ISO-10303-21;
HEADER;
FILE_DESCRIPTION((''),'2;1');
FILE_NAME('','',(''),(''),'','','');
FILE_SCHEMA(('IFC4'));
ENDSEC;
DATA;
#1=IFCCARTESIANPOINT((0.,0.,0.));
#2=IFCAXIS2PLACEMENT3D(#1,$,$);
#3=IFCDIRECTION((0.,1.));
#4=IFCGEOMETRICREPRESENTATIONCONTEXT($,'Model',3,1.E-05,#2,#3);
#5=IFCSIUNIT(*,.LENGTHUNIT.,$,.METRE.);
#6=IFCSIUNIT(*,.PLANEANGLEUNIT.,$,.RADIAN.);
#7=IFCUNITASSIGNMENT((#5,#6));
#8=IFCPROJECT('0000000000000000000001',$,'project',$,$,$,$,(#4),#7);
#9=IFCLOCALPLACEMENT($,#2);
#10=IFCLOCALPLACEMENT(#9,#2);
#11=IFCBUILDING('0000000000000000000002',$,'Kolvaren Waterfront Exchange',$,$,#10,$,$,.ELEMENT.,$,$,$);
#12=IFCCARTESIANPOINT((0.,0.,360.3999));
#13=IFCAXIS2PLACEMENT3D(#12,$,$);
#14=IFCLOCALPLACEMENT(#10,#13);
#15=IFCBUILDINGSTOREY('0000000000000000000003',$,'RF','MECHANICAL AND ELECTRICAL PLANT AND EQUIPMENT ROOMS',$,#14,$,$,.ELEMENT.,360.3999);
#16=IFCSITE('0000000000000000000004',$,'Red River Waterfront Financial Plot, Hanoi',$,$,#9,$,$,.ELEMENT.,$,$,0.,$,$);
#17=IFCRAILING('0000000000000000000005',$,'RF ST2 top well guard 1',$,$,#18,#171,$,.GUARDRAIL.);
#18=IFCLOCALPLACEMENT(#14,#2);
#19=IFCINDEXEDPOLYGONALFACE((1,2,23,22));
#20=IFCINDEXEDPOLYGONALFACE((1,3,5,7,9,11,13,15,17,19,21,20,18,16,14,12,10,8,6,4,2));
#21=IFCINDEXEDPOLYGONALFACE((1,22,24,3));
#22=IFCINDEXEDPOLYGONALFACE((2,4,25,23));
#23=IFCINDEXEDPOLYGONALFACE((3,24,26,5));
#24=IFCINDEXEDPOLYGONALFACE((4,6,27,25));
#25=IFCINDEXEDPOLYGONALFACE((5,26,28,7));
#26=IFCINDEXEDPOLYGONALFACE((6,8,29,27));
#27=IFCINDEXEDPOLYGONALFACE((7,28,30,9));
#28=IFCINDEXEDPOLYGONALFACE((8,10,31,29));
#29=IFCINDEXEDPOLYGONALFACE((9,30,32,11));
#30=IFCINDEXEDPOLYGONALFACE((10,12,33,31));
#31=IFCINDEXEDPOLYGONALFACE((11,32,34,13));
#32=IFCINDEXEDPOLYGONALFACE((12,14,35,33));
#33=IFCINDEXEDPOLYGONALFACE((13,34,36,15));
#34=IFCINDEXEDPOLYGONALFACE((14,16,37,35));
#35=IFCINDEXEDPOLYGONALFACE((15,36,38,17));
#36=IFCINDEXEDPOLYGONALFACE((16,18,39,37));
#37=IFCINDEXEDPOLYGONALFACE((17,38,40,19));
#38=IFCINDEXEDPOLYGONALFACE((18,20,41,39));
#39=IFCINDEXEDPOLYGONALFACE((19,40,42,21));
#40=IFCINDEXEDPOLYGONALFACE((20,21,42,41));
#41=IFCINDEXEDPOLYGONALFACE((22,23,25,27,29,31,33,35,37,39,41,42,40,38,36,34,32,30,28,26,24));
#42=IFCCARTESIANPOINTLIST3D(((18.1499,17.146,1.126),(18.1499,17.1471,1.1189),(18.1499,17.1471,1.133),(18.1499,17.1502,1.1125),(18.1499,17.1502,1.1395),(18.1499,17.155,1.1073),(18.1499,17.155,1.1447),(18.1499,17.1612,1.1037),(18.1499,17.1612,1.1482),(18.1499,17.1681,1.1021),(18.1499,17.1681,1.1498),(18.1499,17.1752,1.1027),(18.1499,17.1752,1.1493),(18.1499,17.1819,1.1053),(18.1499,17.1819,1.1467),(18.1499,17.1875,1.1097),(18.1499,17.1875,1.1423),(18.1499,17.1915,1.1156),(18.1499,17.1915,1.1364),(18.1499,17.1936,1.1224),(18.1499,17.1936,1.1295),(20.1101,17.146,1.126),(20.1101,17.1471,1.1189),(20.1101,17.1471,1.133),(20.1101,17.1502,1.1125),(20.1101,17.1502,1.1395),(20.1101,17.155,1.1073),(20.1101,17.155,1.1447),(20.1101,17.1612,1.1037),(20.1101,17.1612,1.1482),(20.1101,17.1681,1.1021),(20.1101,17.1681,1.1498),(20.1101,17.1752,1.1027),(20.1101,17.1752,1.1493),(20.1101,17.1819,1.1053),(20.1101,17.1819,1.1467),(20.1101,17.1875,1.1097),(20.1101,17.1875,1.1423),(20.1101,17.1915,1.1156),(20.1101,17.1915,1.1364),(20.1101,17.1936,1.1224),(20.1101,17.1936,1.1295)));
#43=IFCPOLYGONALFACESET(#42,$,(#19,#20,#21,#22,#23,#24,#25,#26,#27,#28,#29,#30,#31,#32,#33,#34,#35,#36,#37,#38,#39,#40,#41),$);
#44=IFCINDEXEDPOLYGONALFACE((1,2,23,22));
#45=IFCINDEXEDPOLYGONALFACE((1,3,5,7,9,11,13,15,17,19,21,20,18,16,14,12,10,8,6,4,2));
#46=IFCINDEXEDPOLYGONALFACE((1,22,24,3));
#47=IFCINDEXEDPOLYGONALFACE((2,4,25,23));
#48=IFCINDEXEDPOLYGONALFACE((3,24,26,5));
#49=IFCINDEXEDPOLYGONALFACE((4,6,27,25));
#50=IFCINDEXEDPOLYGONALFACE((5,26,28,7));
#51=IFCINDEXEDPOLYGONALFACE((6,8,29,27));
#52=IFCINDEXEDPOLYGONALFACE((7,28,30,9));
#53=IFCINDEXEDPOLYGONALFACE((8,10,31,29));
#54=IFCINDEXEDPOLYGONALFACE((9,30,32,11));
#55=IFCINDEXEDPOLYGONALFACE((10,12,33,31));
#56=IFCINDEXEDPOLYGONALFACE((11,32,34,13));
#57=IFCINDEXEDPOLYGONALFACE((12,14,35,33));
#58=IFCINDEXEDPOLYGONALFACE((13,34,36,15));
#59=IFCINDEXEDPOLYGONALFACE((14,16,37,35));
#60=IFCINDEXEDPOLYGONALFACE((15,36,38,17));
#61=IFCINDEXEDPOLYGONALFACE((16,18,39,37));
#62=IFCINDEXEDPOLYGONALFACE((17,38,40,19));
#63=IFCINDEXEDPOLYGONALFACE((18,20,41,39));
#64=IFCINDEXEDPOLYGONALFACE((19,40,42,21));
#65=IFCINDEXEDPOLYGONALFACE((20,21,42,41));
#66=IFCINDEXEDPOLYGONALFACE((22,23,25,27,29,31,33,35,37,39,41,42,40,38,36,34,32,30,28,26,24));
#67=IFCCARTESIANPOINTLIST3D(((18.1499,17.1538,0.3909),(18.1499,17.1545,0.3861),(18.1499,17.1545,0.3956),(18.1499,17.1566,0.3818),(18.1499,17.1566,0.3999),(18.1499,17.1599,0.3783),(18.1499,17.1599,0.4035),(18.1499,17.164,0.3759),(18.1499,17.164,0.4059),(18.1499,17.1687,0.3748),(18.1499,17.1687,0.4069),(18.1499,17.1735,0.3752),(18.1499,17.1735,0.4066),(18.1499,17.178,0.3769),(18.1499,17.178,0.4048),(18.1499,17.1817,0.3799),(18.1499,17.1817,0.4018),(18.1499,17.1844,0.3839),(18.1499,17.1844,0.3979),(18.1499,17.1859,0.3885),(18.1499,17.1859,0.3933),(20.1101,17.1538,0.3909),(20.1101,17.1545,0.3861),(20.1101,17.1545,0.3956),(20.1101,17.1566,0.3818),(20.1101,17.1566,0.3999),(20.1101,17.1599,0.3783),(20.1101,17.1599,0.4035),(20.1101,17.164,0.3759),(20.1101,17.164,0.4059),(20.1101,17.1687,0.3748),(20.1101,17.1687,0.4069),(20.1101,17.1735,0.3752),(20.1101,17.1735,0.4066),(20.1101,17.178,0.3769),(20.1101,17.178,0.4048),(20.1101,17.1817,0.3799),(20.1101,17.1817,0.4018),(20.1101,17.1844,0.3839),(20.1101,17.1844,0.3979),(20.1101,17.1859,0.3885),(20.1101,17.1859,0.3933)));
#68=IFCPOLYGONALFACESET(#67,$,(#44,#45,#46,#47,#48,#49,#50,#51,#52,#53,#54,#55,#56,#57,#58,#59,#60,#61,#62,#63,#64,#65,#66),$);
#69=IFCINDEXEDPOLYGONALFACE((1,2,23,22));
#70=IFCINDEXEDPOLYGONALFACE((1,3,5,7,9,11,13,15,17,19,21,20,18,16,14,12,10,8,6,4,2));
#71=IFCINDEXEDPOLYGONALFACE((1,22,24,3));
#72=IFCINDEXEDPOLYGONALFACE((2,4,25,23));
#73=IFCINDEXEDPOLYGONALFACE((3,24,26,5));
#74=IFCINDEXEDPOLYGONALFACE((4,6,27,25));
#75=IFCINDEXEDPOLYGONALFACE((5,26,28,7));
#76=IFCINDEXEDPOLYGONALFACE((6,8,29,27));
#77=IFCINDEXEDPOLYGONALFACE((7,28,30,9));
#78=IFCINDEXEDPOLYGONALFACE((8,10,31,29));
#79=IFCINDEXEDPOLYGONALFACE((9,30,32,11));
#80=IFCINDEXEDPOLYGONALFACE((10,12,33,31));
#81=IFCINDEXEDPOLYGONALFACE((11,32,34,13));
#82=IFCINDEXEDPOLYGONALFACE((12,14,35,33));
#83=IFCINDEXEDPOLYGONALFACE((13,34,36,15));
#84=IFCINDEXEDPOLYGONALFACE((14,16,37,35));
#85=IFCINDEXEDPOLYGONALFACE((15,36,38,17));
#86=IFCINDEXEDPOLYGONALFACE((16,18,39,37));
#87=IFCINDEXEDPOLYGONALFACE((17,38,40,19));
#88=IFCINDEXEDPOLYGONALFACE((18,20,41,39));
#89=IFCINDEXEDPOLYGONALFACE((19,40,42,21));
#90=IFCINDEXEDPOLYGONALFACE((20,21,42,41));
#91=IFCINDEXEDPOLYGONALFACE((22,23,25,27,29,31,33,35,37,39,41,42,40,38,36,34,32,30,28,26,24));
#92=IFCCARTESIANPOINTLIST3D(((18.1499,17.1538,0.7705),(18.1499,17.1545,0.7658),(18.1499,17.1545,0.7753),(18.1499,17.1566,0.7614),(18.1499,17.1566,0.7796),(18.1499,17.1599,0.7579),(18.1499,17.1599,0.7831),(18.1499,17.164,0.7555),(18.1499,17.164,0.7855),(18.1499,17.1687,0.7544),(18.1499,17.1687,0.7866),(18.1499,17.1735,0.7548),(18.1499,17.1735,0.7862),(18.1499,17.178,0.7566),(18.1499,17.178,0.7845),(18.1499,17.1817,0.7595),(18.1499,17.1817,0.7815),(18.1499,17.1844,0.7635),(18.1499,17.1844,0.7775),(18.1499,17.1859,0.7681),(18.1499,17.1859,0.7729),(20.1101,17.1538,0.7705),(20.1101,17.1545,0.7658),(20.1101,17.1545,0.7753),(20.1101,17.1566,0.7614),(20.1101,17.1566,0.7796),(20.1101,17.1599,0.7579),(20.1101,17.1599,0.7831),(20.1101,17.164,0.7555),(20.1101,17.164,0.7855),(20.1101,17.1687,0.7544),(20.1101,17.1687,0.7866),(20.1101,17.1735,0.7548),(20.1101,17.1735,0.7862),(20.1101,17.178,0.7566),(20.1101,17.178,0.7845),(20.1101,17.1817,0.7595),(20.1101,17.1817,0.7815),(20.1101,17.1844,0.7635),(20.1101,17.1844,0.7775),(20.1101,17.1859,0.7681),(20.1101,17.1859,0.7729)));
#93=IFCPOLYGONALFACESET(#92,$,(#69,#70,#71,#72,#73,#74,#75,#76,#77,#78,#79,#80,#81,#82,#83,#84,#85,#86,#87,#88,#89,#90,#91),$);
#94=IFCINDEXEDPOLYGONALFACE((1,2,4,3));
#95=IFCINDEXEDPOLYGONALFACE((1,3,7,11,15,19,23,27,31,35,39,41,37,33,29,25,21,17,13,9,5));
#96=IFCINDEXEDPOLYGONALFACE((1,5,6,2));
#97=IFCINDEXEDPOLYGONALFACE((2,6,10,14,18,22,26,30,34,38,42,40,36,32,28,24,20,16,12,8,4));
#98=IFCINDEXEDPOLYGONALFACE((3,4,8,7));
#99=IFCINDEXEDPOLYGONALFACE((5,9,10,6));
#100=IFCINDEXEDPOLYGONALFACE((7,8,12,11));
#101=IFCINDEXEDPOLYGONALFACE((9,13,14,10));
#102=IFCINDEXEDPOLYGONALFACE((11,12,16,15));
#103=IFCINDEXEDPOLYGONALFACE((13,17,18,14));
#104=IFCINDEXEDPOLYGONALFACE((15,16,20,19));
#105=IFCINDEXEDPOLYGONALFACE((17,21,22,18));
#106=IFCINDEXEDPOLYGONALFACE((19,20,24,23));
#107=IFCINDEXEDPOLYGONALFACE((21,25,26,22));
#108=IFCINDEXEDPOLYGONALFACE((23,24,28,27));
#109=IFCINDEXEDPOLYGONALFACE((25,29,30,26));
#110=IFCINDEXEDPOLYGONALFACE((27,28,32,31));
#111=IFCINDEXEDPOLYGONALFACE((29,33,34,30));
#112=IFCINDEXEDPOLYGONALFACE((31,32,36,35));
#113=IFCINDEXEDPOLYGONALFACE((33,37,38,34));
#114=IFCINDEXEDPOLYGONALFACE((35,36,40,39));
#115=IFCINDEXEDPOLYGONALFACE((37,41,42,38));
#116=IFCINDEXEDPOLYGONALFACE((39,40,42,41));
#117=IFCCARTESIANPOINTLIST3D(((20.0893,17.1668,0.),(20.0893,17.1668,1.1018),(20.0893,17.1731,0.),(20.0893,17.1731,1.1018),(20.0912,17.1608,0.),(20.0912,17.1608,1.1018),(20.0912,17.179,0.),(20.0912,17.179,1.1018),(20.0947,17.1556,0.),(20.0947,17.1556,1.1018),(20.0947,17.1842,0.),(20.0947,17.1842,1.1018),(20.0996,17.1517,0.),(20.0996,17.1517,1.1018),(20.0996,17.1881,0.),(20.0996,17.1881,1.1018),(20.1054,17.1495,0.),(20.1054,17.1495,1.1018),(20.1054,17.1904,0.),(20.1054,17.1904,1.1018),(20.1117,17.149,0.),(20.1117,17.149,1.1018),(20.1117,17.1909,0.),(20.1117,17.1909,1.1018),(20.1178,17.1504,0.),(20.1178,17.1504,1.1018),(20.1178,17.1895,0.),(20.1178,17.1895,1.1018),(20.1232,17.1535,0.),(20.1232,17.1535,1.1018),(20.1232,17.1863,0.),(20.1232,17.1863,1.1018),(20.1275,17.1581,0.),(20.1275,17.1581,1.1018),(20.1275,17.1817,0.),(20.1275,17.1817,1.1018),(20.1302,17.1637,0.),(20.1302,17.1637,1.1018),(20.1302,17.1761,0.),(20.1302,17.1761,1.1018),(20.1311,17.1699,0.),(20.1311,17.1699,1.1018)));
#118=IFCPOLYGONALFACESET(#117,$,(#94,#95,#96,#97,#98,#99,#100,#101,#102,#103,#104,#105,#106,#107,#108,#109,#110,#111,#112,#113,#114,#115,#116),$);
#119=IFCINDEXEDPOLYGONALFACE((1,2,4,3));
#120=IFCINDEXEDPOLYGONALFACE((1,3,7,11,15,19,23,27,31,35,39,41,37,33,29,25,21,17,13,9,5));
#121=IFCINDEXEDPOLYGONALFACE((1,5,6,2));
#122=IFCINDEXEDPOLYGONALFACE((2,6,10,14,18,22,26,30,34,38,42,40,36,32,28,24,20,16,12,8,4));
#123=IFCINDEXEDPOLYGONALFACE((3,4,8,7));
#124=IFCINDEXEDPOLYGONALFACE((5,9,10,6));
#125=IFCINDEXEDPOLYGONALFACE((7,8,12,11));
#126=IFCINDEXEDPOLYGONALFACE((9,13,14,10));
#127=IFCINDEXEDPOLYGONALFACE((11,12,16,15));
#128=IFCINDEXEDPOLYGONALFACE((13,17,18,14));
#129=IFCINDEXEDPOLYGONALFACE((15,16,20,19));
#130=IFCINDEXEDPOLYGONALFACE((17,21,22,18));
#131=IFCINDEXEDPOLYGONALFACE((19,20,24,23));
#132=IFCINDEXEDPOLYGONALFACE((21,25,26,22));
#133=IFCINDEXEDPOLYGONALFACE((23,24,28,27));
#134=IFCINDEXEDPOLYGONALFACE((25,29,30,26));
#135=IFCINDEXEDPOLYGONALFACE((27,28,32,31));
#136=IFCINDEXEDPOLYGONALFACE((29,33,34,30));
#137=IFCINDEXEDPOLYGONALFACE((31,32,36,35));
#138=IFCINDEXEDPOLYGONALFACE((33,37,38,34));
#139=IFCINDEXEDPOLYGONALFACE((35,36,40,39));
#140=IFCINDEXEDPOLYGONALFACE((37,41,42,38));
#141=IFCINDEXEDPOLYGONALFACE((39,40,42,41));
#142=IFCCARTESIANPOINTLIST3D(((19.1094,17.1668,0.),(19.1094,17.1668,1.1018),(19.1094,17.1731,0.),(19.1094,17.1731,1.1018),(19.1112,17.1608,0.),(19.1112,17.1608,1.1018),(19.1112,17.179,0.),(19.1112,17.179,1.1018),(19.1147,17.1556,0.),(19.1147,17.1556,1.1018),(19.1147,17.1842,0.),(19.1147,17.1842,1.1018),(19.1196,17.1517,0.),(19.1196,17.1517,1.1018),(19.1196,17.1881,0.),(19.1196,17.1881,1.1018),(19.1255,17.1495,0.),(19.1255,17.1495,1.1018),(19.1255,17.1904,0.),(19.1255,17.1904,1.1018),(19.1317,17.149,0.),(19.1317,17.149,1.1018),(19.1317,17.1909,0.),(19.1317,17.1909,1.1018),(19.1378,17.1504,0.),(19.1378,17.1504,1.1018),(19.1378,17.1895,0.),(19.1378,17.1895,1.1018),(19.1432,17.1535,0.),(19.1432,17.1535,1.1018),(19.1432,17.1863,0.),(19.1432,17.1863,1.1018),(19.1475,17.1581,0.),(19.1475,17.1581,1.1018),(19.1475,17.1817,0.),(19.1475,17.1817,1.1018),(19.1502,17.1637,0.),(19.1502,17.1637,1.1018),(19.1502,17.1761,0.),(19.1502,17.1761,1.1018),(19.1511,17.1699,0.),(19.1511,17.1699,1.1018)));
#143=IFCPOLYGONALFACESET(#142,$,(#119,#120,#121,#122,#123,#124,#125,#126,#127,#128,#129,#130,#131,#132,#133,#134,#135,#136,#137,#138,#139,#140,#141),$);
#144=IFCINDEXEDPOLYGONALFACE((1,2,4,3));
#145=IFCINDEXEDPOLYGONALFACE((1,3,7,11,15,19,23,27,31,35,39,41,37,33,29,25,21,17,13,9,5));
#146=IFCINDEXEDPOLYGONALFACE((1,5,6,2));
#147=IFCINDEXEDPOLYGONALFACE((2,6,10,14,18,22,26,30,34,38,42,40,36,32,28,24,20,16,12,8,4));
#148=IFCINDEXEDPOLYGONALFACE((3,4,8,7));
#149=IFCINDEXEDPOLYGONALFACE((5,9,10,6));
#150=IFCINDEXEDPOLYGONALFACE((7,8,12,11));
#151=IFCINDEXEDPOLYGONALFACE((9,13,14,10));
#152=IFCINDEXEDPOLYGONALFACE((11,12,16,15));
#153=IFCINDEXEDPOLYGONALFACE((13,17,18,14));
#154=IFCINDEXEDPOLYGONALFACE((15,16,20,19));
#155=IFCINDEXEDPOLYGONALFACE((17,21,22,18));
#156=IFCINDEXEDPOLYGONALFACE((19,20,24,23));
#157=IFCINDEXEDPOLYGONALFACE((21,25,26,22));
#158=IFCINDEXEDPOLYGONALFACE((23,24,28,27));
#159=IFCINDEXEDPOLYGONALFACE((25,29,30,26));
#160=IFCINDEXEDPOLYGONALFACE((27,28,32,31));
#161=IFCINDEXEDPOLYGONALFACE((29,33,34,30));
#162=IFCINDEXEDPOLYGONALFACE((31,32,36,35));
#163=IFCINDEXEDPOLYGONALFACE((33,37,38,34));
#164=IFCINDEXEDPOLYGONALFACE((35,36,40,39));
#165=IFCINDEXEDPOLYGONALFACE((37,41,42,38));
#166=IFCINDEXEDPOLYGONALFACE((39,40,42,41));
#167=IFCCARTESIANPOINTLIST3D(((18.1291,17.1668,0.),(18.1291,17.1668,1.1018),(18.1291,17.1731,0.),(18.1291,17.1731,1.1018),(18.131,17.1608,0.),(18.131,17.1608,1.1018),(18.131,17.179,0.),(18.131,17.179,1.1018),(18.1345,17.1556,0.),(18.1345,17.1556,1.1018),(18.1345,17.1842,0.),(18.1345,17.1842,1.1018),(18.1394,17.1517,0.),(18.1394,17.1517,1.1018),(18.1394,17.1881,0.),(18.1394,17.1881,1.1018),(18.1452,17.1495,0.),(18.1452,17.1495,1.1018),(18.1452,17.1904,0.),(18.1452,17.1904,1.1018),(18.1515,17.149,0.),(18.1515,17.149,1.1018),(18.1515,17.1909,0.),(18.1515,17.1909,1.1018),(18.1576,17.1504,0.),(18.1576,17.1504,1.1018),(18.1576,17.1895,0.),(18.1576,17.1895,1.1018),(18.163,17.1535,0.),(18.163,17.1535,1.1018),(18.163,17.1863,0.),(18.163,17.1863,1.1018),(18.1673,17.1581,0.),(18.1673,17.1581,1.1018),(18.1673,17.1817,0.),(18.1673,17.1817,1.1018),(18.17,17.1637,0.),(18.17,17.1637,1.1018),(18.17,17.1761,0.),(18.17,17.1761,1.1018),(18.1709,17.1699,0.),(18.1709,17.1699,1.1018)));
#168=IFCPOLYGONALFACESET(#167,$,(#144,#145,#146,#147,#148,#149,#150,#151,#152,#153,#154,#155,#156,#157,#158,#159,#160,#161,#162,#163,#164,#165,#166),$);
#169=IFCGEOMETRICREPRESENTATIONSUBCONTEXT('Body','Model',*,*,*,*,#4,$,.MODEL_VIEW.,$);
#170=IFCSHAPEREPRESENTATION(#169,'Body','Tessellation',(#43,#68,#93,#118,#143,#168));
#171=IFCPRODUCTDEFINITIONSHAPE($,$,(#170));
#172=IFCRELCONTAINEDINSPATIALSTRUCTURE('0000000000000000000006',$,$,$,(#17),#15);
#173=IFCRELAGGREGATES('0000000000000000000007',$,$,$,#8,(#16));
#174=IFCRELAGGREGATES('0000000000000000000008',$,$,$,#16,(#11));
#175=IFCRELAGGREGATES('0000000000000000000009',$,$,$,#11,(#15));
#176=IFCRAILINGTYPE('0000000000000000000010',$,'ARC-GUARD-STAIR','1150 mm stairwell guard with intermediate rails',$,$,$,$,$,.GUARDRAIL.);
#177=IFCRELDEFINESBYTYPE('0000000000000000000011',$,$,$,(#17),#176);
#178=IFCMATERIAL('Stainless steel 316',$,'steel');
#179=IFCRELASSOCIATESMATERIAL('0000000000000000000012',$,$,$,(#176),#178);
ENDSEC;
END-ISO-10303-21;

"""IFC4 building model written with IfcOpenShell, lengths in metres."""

from ifc_helpers import new_model, si_unit, direction, frame, origin, origin_2d, place, context, subcontext, project, spatial, circle, extrude, material, type_object, element, save


model = new_model("IFC4")

# Units and contexts
model_context = context("Model", 3, precision=1e-05, world=origin(), true_north=direction((0.0, 1.0)))
body_context = subcontext(model_context, "Body", "Model", "MODEL_VIEW")
ifc_project = project(units=[si_unit("LENGTHUNIT", "METRE"), si_unit("PLANEANGLEUNIT", "RADIAN")], contexts=[model_context])

# Site, building, storey
site_placement = place(None, origin())
site = spatial("IfcSite", under=ifc_project, at=site_placement, Name="Red River Waterfront Financial Plot, Hanoi", CompositionType="ELEMENT", RefElevation=0.0)
building_placement = place(site_placement, origin())
building = spatial("IfcBuilding", under=site, at=building_placement, Name="Kolvaren Waterfront Exchange", CompositionType="ELEMENT")
storey_placement = place(building_placement, frame((0.0, 0.0, 360.3999)))
storey = spatial("IfcBuildingStorey", under=building, at=storey_placement, Name="RF", Description="MECHANICAL AND ELECTRICAL PLANT AND EQUIPMENT ROOMS", CompositionType="ELEMENT", Elevation=360.3999)

# Railing
ifc_material_1 = material(Name="Stainless steel 316", Category="steel")
railing_type = type_object("IfcRailingType", Name="ARC-GUARD-STAIR", Description="1150 mm stairwell guard with intermediate rails", PredefinedType="GUARDRAIL", material=ifc_material_1)
railing_1_placement = place(storey_placement, frame((20.1101, 17.1699, 0.0)))
element("IfcRailing", 1, at=railing_1_placement, inside=storey, type_object=railing_type, Name="RF ST2 top well guard 1", PredefinedType="GUARDRAIL", context=body_context, shape_type="SweptSolid", body=[
    extrude(circle(Radius=0.0239, at=origin_2d()), frame((0.0, 0.0, 1.126), z_axis=(-1.0, 0.0, 0.0), x_axis=(0.0, -1.0, 0.0)), (0.0, 0.0, 1.0), 1.9602),
    extrude(circle(Radius=0.0161, at=origin_2d()), frame((0.0, 0.0, 0.3909), z_axis=(-1.0, 0.0, 0.0), x_axis=(0.0, -1.0, 0.0)), (0.0, 0.0, 1.0), 1.9602),
    extrude(circle(Radius=0.0161, at=origin_2d()), frame((0.0, 0.0, 0.7705), z_axis=(-1.0, 0.0, 0.0), x_axis=(0.0, -1.0, 0.0)), (0.0, 0.0, 1.0), 1.9602),
    extrude(circle(Radius=0.021, at=origin_2d()), origin(), (0.0, 0.0, 1.0), 1.1018),
    extrude(circle(Radius=0.021, at=origin_2d()), frame((-0.98, 0.0, 0.0)), (0.0, 0.0, 1.0), 1.1018),
    extrude(circle(Radius=0.021, at=origin_2d()), frame((-1.9602, 0.0, 0.0)), (0.0, 0.0, 1.0), 1.1018),
])

save(model, "model.ifc")
